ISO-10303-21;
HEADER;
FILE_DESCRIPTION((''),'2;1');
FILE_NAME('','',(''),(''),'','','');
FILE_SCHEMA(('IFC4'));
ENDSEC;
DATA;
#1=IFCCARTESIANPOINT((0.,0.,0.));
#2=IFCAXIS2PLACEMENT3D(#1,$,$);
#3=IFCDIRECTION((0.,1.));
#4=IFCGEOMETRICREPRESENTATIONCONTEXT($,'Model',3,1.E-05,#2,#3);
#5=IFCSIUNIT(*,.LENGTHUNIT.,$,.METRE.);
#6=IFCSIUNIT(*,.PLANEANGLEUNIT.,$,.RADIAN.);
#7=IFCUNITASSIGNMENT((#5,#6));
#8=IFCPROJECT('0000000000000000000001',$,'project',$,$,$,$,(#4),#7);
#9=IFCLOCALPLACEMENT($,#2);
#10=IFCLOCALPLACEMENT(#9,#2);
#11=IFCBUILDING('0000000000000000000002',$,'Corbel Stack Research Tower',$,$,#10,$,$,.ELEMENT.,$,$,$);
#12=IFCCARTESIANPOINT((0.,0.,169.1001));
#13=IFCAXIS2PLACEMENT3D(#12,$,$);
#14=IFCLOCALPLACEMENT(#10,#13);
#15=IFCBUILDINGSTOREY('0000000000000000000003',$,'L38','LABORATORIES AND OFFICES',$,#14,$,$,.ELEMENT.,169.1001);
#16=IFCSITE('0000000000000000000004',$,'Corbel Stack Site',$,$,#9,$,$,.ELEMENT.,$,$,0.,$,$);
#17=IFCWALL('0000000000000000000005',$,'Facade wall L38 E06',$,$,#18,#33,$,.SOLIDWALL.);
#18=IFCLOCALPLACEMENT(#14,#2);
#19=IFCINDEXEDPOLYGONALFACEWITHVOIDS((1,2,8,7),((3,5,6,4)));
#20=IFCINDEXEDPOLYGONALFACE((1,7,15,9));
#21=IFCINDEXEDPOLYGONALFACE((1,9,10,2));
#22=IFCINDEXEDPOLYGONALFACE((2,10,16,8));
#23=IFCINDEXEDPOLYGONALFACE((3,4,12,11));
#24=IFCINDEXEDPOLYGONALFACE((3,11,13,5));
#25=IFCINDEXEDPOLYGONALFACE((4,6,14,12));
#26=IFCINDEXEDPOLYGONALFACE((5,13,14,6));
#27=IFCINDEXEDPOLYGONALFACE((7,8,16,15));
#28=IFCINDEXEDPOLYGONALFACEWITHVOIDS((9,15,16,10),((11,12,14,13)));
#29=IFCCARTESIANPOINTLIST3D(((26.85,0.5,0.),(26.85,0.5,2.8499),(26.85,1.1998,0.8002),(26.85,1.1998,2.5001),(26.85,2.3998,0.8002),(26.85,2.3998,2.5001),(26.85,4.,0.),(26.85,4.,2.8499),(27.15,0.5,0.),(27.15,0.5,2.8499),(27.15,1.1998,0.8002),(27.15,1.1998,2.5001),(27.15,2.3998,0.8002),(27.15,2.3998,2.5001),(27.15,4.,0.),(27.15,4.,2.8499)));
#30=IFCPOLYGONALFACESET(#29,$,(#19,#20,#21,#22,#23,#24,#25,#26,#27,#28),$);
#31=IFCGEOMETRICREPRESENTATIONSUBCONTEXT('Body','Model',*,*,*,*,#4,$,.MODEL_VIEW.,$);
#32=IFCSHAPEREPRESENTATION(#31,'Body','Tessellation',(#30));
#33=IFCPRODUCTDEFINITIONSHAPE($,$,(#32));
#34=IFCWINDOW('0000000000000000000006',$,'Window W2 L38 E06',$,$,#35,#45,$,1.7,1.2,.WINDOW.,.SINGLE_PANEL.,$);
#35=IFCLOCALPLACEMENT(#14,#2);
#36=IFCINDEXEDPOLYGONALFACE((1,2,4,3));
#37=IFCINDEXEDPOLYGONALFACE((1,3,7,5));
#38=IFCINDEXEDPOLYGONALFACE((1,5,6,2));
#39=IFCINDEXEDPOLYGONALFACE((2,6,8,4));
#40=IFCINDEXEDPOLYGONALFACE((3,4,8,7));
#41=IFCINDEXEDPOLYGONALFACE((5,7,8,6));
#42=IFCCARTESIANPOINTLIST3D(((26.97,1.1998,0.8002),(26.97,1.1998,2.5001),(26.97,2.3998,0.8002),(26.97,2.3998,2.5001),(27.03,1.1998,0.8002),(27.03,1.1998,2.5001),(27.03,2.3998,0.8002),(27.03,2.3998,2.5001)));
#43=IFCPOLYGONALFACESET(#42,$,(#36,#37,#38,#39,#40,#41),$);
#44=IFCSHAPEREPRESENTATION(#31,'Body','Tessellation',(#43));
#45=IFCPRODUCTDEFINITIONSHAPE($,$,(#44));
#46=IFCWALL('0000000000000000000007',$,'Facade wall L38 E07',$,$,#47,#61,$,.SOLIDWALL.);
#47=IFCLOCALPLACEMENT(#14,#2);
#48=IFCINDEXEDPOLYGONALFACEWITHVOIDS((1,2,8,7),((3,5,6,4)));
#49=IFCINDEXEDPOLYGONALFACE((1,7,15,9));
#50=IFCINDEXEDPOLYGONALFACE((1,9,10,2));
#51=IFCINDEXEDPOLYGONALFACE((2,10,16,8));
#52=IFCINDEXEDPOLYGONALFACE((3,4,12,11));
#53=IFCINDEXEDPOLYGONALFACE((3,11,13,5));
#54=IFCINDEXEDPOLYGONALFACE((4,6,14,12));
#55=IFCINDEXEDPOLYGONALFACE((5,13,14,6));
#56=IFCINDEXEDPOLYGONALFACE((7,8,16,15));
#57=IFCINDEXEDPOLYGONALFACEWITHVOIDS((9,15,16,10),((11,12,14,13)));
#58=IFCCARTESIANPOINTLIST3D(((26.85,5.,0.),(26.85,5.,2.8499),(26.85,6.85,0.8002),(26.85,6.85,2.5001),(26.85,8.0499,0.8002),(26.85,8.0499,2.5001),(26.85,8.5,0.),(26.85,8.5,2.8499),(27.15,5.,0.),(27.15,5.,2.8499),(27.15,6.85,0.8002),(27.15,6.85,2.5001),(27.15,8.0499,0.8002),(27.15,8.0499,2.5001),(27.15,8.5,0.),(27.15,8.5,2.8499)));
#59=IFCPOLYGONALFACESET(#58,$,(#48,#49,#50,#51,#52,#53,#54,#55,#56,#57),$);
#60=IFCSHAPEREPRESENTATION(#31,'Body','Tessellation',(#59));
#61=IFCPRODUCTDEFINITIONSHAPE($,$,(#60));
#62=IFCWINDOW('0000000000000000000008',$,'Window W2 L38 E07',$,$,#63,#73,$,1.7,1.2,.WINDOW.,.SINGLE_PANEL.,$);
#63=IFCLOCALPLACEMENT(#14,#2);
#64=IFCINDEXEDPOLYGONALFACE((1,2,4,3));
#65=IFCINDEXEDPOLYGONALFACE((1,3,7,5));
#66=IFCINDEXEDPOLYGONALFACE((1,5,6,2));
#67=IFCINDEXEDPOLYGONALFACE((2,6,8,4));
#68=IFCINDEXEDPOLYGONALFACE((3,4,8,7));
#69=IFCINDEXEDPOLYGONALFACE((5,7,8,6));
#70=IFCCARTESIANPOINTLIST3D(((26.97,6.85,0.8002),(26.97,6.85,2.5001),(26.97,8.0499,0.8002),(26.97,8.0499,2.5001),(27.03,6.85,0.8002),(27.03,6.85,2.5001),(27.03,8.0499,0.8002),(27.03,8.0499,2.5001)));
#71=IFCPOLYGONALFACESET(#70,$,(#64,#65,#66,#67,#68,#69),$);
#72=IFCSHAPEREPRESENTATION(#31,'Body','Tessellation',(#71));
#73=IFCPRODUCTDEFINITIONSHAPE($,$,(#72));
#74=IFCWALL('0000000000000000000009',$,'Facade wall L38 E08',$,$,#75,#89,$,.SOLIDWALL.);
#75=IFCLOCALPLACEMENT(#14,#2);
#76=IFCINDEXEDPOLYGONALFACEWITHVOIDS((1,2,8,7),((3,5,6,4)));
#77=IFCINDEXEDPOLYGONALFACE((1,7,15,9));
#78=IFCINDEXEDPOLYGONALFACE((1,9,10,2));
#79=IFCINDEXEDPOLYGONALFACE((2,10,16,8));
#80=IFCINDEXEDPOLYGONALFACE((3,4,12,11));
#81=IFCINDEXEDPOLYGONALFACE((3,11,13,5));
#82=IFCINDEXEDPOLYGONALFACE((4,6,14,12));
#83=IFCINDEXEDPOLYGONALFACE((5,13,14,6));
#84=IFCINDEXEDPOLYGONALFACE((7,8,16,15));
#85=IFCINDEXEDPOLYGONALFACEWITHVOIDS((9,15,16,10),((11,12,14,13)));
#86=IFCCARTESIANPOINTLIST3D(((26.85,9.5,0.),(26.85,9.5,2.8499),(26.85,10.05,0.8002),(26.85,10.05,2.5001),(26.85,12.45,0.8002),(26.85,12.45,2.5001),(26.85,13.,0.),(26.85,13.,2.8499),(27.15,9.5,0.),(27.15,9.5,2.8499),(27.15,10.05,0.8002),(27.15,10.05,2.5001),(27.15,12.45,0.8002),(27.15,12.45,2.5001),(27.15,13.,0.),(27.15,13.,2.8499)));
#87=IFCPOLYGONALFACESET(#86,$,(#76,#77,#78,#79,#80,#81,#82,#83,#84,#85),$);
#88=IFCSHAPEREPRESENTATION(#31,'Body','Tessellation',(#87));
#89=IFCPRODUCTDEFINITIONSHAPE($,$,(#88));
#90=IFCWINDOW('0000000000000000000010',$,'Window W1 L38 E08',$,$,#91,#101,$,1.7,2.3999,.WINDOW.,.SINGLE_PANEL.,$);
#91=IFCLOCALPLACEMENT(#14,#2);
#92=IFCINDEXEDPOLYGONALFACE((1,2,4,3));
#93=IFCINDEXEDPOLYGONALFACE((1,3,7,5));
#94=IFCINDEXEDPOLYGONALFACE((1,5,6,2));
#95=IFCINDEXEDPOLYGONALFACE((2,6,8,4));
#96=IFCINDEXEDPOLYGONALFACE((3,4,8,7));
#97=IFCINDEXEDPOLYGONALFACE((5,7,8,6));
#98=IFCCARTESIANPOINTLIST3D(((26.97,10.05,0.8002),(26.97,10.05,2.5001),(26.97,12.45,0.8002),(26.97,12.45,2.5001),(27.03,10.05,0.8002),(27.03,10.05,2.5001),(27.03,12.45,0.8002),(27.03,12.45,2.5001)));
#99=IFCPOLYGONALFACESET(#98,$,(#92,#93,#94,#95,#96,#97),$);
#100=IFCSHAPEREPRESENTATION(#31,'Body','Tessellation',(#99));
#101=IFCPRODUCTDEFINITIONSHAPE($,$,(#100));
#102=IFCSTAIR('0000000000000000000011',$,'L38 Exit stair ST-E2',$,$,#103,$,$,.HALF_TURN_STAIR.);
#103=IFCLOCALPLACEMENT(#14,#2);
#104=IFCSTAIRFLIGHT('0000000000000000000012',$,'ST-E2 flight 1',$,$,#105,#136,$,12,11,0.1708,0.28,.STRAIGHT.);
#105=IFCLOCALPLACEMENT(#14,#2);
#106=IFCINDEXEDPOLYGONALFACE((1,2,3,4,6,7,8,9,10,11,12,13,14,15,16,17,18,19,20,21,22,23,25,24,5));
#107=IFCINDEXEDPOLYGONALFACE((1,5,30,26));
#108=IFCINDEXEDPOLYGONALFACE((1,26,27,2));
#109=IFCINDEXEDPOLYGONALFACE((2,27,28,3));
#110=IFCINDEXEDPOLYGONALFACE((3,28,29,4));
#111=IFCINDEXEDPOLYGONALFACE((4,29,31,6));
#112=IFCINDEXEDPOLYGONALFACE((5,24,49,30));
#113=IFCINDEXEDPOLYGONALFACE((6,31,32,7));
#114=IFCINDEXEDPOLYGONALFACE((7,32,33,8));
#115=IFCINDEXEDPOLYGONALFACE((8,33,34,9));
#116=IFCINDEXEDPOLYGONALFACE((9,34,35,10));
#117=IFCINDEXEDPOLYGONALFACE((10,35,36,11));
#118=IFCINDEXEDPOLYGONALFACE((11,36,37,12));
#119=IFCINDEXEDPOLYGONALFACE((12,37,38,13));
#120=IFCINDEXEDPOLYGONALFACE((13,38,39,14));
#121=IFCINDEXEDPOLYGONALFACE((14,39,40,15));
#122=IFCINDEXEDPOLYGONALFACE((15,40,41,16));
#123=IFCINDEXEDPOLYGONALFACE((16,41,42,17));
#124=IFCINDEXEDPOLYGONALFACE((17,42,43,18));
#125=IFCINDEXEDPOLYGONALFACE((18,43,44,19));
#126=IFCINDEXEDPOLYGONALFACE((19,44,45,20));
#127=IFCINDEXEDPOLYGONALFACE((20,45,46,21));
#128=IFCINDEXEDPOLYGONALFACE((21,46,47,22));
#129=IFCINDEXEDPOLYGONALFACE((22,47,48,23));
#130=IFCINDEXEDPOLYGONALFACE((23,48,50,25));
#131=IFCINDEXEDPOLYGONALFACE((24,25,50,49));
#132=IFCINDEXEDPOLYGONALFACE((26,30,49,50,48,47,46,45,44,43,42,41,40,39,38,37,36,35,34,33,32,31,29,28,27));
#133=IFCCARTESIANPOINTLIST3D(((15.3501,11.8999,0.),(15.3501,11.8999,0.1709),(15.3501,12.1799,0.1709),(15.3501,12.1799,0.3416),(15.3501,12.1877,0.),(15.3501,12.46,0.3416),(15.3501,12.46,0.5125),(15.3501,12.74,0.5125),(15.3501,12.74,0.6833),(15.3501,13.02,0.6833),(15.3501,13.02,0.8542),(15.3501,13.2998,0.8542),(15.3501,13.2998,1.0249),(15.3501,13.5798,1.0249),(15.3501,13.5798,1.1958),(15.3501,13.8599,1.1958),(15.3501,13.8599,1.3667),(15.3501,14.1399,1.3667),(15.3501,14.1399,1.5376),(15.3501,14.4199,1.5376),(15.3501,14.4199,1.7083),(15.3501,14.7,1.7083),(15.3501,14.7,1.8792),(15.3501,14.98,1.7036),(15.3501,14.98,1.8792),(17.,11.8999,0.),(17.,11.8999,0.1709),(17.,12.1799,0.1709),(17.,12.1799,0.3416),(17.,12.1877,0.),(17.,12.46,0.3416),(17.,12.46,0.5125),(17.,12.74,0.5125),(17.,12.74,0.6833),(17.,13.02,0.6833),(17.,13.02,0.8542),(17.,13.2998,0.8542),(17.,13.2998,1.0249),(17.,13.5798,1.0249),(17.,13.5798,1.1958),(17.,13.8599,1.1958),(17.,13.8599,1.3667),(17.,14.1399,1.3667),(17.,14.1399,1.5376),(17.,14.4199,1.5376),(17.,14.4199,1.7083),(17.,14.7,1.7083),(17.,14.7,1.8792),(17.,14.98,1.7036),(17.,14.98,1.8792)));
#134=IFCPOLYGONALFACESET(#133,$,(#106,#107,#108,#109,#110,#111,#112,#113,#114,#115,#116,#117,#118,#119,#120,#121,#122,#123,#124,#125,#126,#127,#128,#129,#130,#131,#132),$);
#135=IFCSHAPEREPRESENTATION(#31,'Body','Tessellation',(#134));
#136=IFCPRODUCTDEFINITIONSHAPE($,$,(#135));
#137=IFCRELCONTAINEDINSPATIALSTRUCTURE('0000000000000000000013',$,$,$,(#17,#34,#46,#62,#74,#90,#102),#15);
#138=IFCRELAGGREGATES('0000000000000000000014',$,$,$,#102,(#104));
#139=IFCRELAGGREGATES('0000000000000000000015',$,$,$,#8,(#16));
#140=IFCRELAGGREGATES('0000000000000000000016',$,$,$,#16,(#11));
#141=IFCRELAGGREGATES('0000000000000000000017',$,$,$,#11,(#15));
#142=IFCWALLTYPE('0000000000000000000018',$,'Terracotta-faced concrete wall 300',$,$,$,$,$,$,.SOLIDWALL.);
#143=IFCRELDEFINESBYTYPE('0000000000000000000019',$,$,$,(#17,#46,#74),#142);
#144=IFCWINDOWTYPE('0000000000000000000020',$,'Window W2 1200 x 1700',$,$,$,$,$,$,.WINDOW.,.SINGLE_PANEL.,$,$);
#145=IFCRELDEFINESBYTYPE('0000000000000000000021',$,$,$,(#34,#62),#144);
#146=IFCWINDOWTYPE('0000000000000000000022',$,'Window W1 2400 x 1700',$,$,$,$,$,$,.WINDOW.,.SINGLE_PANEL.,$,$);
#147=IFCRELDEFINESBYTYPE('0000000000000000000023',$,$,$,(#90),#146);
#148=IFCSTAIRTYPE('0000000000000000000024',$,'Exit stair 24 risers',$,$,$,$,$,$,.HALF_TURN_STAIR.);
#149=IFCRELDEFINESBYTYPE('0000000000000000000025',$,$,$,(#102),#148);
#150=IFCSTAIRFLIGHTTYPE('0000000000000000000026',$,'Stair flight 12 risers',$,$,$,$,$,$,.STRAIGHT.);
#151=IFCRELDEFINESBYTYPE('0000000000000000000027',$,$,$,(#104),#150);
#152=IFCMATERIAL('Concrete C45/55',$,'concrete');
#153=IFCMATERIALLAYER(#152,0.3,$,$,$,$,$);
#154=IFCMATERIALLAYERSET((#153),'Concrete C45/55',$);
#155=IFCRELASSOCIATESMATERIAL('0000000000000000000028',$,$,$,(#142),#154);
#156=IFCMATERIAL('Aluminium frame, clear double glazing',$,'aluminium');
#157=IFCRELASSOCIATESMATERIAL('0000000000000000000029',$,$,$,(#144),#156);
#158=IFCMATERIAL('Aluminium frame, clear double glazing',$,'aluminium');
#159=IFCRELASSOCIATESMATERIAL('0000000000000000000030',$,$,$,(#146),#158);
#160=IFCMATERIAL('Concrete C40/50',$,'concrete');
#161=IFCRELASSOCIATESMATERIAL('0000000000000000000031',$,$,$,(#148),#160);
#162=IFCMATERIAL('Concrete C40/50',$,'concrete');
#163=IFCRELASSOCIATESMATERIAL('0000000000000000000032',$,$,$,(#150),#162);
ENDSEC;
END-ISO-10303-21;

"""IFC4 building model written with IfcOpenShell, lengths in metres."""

from ifc_helpers import new_model, si_unit, direction, frame, frame_2d, origin, place, context, subcontext, project, spatial, polyline, rectangle, outline, extrude, material, layer, layer_set, type_object, element, fill, aggregate, save


model = new_model("IFC4")

# Units and contexts
model_context = context("Model", 3, precision=1e-05, world=origin(), true_north=direction((0.0, 1.0)))
body_context = subcontext(model_context, "Body", "Model", "MODEL_VIEW")
ifc_project = project(units=[si_unit("LENGTHUNIT", "METRE"), si_unit("PLANEANGLEUNIT", "RADIAN")], contexts=[model_context])

# Site, building, storey
site_placement = place(None, origin())
site = spatial("IfcSite", under=ifc_project, at=site_placement, Name="Corbel Stack Site", CompositionType="ELEMENT", RefElevation=0.0)
building_placement = place(site_placement, origin())
building = spatial("IfcBuilding", under=site, at=building_placement, Name="Corbel Stack Research Tower", CompositionType="ELEMENT")
storey_placement = place(building_placement, frame((0.0, 0.0, 169.1001)))
storey = spatial("IfcBuildingStorey", under=building, at=storey_placement, Name="L38", Description="LABORATORIES AND OFFICES", CompositionType="ELEMENT", Elevation=169.1001)

# Walls, openings, windows
ifc_material_1 = material(Name="Concrete C45/55", Category="concrete")
ifc_layer_1 = layer(ifc_material_1, 0.3)
ifc_layer_set_1 = layer_set([ifc_layer_1], Name="Concrete C45/55")
wall_type_1 = type_object("IfcWallType", Name="Terracotta-faced concrete wall 300", PredefinedType="SOLIDWALL", material=ifc_layer_set_1)
wall_1_placement = place(storey_placement, frame((27.0, 4.0, 0.0), z_axis=(0.0, 0.0, 1.0), x_axis=(0.0, -1.0, 0.0)))
wall_1 = element("IfcWall", 1, at=wall_1_placement, inside=storey, type_object=wall_type_1, Name="Facade wall L38 E06", PredefinedType="SOLIDWALL", context=body_context, shape_type="SweptSolid", body=[
    extrude(rectangle(XDim=3.5, YDim=0.3, at=frame_2d((1.75, 0.0))), origin(), (0.0, 0.0, 1.0), 2.8499),
])
opening_1_placement = place(wall_1_placement, frame((1.6001, 0.0, 0.8)))
opening_1 = element("IfcOpeningElement", 2, at=opening_1_placement, cuts=wall_1, PredefinedType="OPENING", context=body_context, shape_type="SweptSolid", body=[
    extrude(rectangle(XDim=1.2, YDim=1.7, at=frame_2d((0.6001, 0.8501))), frame((0.0, 0.1599, 0.0), z_axis=(0.0, -1.0, 0.0), x_axis=(1.0, 0.0, 0.0)), (0.0, 0.0, 1.0), 0.3201),
])
ifc_material_2 = material(Name="Aluminium frame, clear double glazing", Category="aluminium")
window_type_1 = type_object("IfcWindowType", Name="Window W2 1200 x 1700", PartitioningType="SINGLE_PANEL", PredefinedType="WINDOW", material=ifc_material_2)
window_1_placement = place(opening_1_placement, origin())
window_1 = element("IfcWindow", 3, at=window_1_placement, inside=storey, type_object=window_type_1, Name="Window W2 L38 E06", OverallHeight=1.7, OverallWidth=1.2, PartitioningType="SINGLE_PANEL", PredefinedType="WINDOW", context=body_context, shape_type="SweptSolid", body=[
    extrude(rectangle(XDim=1.2, YDim=1.7, at=frame_2d((0.6001, 0.8501))), frame((0.0, 0.03, 0.0), z_axis=(0.0, -1.0, 0.0), x_axis=(1.0, 0.0, 0.0)), (0.0, 0.0, 1.0), 0.0601),
])
fill(opening_1, window_1)
wall_2_placement = place(storey_placement, frame((27.0, 8.5, 0.0), z_axis=(0.0, 0.0, 1.0), x_axis=(0.0, -1.0, 0.0)))
wall_2 = element("IfcWall", 4, at=wall_2_placement, inside=storey, type_object=wall_type_1, Name="Facade wall L38 E07", PredefinedType="SOLIDWALL", context=body_context, shape_type="SweptSolid", body=[
    extrude(rectangle(XDim=3.5, YDim=0.3, at=frame_2d((1.75, 0.0))), origin(), (0.0, 0.0, 1.0), 2.8499),
])
opening_2_placement = place(wall_2_placement, frame((0.45, 0.0, 0.8)))
opening_2 = element("IfcOpeningElement", 5, at=opening_2_placement, cuts=wall_2, PredefinedType="OPENING", context=body_context, shape_type="SweptSolid", body=[
    extrude(rectangle(XDim=1.2, YDim=1.7, at=frame_2d((0.6001, 0.8501))), frame((0.0, 0.1599, 0.0), z_axis=(0.0, -1.0, 0.0), x_axis=(1.0, 0.0, 0.0)), (0.0, 0.0, 1.0), 0.3201),
])
window_2_placement = place(opening_2_placement, origin())
window_2 = element("IfcWindow", 6, at=window_2_placement, inside=storey, type_object=window_type_1, Name="Window W2 L38 E07", OverallHeight=1.7, OverallWidth=1.2, PartitioningType="SINGLE_PANEL", PredefinedType="WINDOW", context=body_context, shape_type="SweptSolid", body=[
    extrude(rectangle(XDim=1.2, YDim=1.7, at=frame_2d((0.6001, 0.8501))), frame((0.0, 0.03, 0.0), z_axis=(0.0, -1.0, 0.0), x_axis=(1.0, 0.0, 0.0)), (0.0, 0.0, 1.0), 0.0601),
])
fill(opening_2, window_2)
wall_3_placement = place(storey_placement, frame((27.0, 13.0, 0.0), z_axis=(0.0, 0.0, 1.0), x_axis=(0.0, -1.0, 0.0)))
wall_3 = element("IfcWall", 7, at=wall_3_placement, inside=storey, type_object=wall_type_1, Name="Facade wall L38 E08", PredefinedType="SOLIDWALL", context=body_context, shape_type="SweptSolid", body=[
    extrude(rectangle(XDim=3.5, YDim=0.3, at=frame_2d((1.75, 0.0))), origin(), (0.0, 0.0, 1.0), 2.8499),
])
opening_3_placement = place(wall_3_placement, frame((0.55, 0.0, 0.8)))
opening_3 = element("IfcOpeningElement", 8, at=opening_3_placement, cuts=wall_3, PredefinedType="OPENING", context=body_context, shape_type="SweptSolid", body=[
    extrude(rectangle(XDim=2.3999, YDim=1.7, at=frame_2d((1.2, 0.8501))), frame((0.0, 0.1599, 0.0), z_axis=(0.0, -1.0, 0.0), x_axis=(1.0, 0.0, 0.0)), (0.0, 0.0, 1.0), 0.3201),
])
ifc_material_3 = material(Name="Aluminium frame, clear double glazing", Category="aluminium")
window_type_2 = type_object("IfcWindowType", Name="Window W1 2400 x 1700", PartitioningType="SINGLE_PANEL", PredefinedType="WINDOW", material=ifc_material_3)
window_3_placement = place(opening_3_placement, origin())
window_3 = element("IfcWindow", 9, at=window_3_placement, inside=storey, type_object=window_type_2, Name="Window W1 L38 E08", OverallHeight=1.7, OverallWidth=2.3999, PartitioningType="SINGLE_PANEL", PredefinedType="WINDOW", context=body_context, shape_type="SweptSolid", body=[
    extrude(rectangle(XDim=2.3999, YDim=1.7, at=frame_2d((1.2, 0.8501))), frame((0.0, 0.03, 0.0), z_axis=(0.0, -1.0, 0.0), x_axis=(1.0, 0.0, 0.0)), (0.0, 0.0, 1.0), 0.0601),
])
fill(opening_3, window_3)

# Stair, stair flight
ifc_material_4 = material(Name="Concrete C40/50", Category="concrete")
stair_type = type_object("IfcStairType", Name="Exit stair 24 risers", PredefinedType="HALF_TURN_STAIR", material=ifc_material_4)
stair_placement = place(storey_placement, origin())
stair = element("IfcStair", 10, at=stair_placement, inside=storey, type_object=stair_type, Name="L38 Exit stair ST-E2", PredefinedType="HALF_TURN_STAIR")
ifc_material_5 = material(Name="Concrete C40/50", Category="concrete")
stair_flight_type = type_object("IfcStairFlightType", Name="Stair flight 12 risers", PredefinedType="STRAIGHT", material=ifc_material_5)
stair_flight_placement = place(storey_placement, frame((16.175, 11.8999, 0.0), z_axis=(0.0, 0.0, 1.0), x_axis=(0.0, 1.0, 0.0)))
stair_flight = element("IfcStairFlight", 11, at=stair_flight_placement, type_object=stair_flight_type, Name="ST-E2 flight 1", NumberOfRisers=12, NumberOfTreads=11, PredefinedType="STRAIGHT", RiserHeight=0.1708, TreadLength=0.28, context=body_context, shape_type="SweptSolid", body=[
    extrude(outline(polyline([(0.0, 0.0), (0.0, 0.1709), (0.28, 0.1709), (0.28, 0.3416), (0.5601, 0.3416), (0.5601, 0.5125), (0.8401, 0.5125), (0.8401, 0.6833), (1.1201, 0.6833), (1.1201, 0.8542), (1.3999, 0.8542), (1.3999, 1.0249), (1.6799, 1.0249), (1.6799, 1.1958), (1.96, 1.1958), (1.96, 1.3667), (2.24, 1.3667), (2.24, 1.5376), (2.52, 1.5376), (2.52, 1.7083), (2.8, 1.7083), (2.8, 1.8792), (3.0801, 1.8792), (3.0801, 2.05), (3.0801, 1.7036), (0.2878, 0.0), (0.0, 0.0)])), frame((0.0, 0.825, 0.0), z_axis=(0.0, -1.0, 0.0), x_axis=(1.0, 0.0, 0.0)), (0.0, 0.0, 1.0), 1.6499),
])
aggregate(stair, [stair_flight])

save(model, "model.ifc")
